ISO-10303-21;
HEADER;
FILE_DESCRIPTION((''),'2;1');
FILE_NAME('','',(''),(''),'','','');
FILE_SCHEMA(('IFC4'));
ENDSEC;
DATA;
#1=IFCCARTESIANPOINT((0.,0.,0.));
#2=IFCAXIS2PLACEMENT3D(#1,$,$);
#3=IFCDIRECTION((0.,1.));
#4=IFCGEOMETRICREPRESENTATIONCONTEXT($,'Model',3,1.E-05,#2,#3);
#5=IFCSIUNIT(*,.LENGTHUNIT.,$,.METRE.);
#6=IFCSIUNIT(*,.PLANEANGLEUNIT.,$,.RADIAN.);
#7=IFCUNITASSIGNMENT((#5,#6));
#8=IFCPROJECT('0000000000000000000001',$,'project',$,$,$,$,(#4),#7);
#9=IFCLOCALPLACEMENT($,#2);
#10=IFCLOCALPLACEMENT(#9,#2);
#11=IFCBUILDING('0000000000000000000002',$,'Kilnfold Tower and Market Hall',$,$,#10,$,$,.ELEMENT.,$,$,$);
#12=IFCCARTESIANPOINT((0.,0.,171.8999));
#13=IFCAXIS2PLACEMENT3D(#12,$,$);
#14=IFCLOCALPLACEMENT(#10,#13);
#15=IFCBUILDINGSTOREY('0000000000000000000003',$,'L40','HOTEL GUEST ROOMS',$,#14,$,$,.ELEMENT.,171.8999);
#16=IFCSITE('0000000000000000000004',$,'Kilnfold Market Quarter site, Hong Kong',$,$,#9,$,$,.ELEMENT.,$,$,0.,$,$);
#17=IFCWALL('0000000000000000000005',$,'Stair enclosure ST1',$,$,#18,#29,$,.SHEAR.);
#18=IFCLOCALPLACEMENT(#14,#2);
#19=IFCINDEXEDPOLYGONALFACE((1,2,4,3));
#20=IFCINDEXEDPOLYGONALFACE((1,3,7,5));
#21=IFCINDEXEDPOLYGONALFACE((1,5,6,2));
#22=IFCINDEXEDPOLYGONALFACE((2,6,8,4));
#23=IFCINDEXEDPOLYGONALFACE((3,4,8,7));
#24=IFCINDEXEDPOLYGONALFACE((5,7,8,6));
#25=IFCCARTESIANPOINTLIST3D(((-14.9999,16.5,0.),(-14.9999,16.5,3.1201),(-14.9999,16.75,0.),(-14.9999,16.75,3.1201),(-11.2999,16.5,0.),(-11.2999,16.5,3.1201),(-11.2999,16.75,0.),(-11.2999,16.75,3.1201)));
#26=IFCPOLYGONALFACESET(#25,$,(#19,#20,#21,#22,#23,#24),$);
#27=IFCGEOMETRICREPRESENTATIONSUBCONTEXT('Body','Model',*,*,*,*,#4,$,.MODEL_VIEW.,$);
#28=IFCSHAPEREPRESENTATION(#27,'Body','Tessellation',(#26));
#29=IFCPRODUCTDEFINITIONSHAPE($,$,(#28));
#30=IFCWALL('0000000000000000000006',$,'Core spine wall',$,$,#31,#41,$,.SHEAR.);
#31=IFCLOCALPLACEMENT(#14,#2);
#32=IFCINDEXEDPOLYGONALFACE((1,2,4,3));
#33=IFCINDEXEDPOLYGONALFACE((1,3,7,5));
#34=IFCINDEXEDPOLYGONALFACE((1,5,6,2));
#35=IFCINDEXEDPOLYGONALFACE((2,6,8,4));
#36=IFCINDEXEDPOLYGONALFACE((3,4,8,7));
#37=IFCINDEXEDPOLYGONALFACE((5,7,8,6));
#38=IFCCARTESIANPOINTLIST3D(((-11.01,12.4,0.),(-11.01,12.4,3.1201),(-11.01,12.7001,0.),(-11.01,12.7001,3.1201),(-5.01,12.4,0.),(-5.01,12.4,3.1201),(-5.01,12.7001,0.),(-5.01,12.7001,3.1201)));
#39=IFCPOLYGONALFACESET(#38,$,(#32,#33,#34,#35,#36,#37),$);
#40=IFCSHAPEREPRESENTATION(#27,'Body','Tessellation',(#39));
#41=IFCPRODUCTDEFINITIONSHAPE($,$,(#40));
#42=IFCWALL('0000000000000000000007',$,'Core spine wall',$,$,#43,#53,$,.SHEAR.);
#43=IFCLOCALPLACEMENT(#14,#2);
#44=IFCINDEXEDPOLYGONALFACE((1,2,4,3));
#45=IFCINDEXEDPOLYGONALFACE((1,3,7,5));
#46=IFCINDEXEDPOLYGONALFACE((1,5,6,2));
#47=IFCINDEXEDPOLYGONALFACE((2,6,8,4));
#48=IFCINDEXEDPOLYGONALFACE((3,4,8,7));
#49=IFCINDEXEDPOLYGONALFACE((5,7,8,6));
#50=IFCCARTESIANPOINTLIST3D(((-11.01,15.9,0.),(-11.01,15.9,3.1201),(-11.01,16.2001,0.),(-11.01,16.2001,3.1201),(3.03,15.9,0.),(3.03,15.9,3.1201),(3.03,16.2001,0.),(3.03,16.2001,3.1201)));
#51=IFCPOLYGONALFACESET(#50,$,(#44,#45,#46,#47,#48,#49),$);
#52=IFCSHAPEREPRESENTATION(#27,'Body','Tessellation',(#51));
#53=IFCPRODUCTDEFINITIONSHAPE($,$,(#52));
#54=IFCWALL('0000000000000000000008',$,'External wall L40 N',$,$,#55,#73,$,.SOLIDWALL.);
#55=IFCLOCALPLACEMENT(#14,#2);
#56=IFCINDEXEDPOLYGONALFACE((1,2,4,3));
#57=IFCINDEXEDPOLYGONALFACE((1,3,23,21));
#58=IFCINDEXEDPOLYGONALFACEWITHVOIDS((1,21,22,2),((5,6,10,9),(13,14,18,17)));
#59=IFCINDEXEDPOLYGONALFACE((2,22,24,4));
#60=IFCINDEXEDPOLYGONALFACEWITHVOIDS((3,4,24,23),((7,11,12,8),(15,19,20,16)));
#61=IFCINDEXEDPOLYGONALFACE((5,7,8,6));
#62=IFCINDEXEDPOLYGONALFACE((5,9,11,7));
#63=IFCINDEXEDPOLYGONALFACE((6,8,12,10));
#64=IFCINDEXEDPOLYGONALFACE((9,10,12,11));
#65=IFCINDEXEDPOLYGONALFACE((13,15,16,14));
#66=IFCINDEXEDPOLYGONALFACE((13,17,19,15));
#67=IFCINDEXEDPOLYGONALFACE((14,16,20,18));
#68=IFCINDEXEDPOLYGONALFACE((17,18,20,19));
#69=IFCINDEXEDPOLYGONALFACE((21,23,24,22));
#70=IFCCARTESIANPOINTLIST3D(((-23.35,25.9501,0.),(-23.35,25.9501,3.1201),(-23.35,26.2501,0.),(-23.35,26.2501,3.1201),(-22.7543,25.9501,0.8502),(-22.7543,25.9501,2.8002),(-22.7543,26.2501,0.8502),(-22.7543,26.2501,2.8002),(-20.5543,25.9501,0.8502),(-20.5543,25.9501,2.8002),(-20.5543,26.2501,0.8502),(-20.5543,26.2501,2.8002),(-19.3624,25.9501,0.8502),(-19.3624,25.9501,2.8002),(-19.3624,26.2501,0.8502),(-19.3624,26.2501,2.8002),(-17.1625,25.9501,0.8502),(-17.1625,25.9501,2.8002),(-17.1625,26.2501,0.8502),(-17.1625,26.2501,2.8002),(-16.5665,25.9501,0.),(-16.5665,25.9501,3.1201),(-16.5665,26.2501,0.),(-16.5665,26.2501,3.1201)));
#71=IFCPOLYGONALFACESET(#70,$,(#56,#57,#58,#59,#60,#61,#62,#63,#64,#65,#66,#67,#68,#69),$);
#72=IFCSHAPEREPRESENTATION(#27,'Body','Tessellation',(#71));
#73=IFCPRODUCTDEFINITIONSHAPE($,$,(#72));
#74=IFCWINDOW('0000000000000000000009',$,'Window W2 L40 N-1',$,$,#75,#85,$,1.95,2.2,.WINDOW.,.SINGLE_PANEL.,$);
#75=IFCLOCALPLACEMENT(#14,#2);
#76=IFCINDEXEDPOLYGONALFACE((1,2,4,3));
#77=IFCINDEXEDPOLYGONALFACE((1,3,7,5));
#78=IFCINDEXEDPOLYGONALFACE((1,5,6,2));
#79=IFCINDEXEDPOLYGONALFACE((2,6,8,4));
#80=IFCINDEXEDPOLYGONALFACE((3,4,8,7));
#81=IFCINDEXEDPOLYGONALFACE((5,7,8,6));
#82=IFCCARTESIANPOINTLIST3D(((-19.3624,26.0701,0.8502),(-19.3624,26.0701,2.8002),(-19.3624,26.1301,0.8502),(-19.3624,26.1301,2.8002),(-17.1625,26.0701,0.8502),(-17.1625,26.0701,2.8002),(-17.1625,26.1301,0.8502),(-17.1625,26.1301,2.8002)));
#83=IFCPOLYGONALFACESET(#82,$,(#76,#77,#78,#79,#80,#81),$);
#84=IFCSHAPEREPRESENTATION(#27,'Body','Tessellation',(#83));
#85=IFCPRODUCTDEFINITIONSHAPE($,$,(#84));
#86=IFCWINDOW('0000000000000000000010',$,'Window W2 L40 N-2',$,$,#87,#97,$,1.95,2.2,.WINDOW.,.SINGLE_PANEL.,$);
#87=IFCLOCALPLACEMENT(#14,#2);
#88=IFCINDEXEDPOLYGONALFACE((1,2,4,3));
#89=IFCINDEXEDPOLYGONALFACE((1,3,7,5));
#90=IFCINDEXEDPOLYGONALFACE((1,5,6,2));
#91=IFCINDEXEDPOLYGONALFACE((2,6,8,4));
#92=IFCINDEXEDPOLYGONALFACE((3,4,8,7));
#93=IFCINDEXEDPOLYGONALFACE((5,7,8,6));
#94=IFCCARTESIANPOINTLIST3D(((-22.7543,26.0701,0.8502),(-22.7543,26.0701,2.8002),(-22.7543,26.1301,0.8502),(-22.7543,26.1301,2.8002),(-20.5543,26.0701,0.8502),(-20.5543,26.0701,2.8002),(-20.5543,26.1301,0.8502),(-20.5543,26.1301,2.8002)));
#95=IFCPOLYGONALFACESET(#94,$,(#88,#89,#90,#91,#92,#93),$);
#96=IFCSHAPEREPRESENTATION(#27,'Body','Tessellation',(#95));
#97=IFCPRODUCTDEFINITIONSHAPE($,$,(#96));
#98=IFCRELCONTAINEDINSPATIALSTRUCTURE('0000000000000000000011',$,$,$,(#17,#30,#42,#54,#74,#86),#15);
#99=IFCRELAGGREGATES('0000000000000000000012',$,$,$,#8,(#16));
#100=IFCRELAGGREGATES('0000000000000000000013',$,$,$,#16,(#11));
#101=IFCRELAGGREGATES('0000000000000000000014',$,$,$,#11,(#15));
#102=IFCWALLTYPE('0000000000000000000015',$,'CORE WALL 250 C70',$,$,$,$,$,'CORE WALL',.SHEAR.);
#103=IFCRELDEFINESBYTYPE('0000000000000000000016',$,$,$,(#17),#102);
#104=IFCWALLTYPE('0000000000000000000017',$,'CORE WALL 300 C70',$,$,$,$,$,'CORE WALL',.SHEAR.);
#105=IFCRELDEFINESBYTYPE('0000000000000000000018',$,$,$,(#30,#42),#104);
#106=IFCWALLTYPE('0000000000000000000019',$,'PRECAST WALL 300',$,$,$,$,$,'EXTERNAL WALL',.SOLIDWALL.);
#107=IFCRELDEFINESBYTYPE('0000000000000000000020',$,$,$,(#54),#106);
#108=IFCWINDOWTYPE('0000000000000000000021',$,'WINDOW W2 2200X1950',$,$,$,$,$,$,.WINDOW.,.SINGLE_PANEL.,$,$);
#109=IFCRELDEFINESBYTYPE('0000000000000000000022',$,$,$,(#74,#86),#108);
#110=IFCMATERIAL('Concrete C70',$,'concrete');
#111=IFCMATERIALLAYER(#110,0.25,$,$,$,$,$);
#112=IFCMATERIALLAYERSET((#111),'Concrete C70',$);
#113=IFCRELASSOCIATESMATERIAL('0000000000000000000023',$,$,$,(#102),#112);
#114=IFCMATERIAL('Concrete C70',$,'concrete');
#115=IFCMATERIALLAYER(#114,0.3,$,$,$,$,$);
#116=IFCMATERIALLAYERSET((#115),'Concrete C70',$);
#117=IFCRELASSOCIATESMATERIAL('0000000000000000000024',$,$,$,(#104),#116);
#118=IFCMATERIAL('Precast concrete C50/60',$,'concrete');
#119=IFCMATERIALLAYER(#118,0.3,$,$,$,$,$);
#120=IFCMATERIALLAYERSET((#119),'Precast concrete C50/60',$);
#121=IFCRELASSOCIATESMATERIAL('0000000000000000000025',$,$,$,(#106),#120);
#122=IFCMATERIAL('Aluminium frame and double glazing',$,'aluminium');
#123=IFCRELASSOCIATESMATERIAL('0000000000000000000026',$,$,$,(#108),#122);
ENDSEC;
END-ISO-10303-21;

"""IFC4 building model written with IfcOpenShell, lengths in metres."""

from ifc_helpers import new_model, si_unit, direction, frame, frame_2d, origin, place, context, subcontext, project, spatial, rectangle, extrude, source, transform, mapped, material, layer, layer_set, type_object, element, fill, save


model = new_model("IFC4")

# Units and contexts
model_context = context("Model", 3, precision=1e-05, world=origin(), true_north=direction((0.0, 1.0)))
body_context = subcontext(model_context, "Body", "Model", "MODEL_VIEW")
ifc_project = project(units=[si_unit("LENGTHUNIT", "METRE"), si_unit("PLANEANGLEUNIT", "RADIAN")], contexts=[model_context])

# Site, building, storey
site_placement = place(None, origin())
site = spatial("IfcSite", under=ifc_project, at=site_placement, Name="Kilnfold Market Quarter site, Hong Kong", CompositionType="ELEMENT", RefElevation=0.0)
building_placement = place(site_placement, origin())
building = spatial("IfcBuilding", under=site, at=building_placement, Name="Kilnfold Tower and Market Hall", CompositionType="ELEMENT")
storey_placement = place(building_placement, frame((0.0, 0.0, 171.8999)))
storey = spatial("IfcBuildingStorey", under=building, at=storey_placement, Name="L40", Description="HOTEL GUEST ROOMS", CompositionType="ELEMENT", Elevation=171.8999)

# Walls
ifc_material_1 = material(Name="Concrete C70", Category="concrete")
ifc_layer_1 = layer(ifc_material_1, 0.25)
ifc_layer_set_1 = layer_set([ifc_layer_1], Name="Concrete C70")
wall_type_1 = type_object("IfcWallType", Name="CORE WALL 250 C70", ElementType="CORE WALL", PredefinedType="SHEAR", material=ifc_layer_set_1)
shared_shape_1 = source(origin(), body_context, "Body", "SweptSolid", [
    extrude(rectangle(XDim=3.7, YDim=0.25, at=frame_2d((1.8501, 0.0))), origin(), (0.0, 0.0, 1.0), 3.1201),
])
wall_1_placement = place(storey_placement, frame((-15.0, 16.625, 0.0), z_axis=(0.0, 0.0, 1.0), x_axis=(1.0, 0.0, 0.0)))
element("IfcWall", 1, at=wall_1_placement, inside=storey, type_object=wall_type_1, Name="Stair enclosure ST1", PredefinedType="SHEAR", context=body_context, shape_type="MappedRepresentation", body=[
    mapped(shared_shape_1, transform((0.0, 0.0, 0.0))),
])
ifc_material_2 = material(Name="Concrete C70", Category="concrete")
ifc_layer_2 = layer(ifc_material_2, 0.3)
ifc_layer_set_2 = layer_set([ifc_layer_2], Name="Concrete C70")
wall_type_2 = type_object("IfcWallType", Name="CORE WALL 300 C70", ElementType="CORE WALL", PredefinedType="SHEAR", material=ifc_layer_set_2)
shared_shape_2 = source(origin(), body_context, "Body", "SweptSolid", [
    extrude(rectangle(XDim=6.0, YDim=0.3, at=frame_2d((3.0, 0.0))), origin(), (0.0, 0.0, 1.0), 3.1201),
])
wall_2_placement = place(storey_placement, frame((-11.01, 12.55, 0.0), z_axis=(0.0, 0.0, 1.0), x_axis=(1.0, 0.0, 0.0)))
element("IfcWall", 2, at=wall_2_placement, inside=storey, type_object=wall_type_2, Name="Core spine wall", PredefinedType="SHEAR", context=body_context, shape_type="MappedRepresentation", body=[
    mapped(shared_shape_2, transform((0.0, 0.0, 0.0))),
])
shared_shape_3 = source(origin(), body_context, "Body", "SweptSolid", [
    extrude(rectangle(XDim=14.04, YDim=0.3, at=frame_2d((7.02, 0.0))), origin(), (0.0, 0.0, 1.0), 3.1201),
])
wall_3_placement = place(storey_placement, frame((-11.01, 16.05, 0.0), z_axis=(0.0, 0.0, 1.0), x_axis=(1.0, 0.0, 0.0)))
element("IfcWall", 3, at=wall_3_placement, inside=storey, type_object=wall_type_2, Name="Core spine wall", PredefinedType="SHEAR", context=body_context, shape_type="MappedRepresentation", body=[
    mapped(shared_shape_3, transform((0.0, 0.0, 0.0))),
])

# Wall, openings, windows
ifc_material_3 = material(Name="Precast concrete C50/60", Category="concrete")
ifc_layer_3 = layer(ifc_material_3, 0.3)
ifc_layer_set_3 = layer_set([ifc_layer_3], Name="Precast concrete C50/60")
wall_type_3 = type_object("IfcWallType", Name="PRECAST WALL 300", ElementType="EXTERNAL WALL", PredefinedType="SOLIDWALL", material=ifc_layer_set_3)
shared_shape_4 = source(origin(), body_context, "Body", "SweptSolid", [
    extrude(rectangle(XDim=6.7834, YDim=0.3, at=frame_2d((3.3916, 0.0))), origin(), (0.0, 0.0, 1.0), 3.1201),
])
wall_4_placement = place(storey_placement, frame((-16.5667, 26.1001, 0.0), z_axis=(0.0, 0.0, 1.0), x_axis=(-1.0, 0.0, 0.0)))
wall_4 = element("IfcWall", 4, at=wall_4_placement, inside=storey, type_object=wall_type_3, Name="External wall L40 N", PredefinedType="SOLIDWALL", context=body_context, shape_type="MappedRepresentation", body=[
    mapped(shared_shape_4, transform((0.0, 0.0, 0.0))),
])
opening_1_placement = place(wall_4_placement, frame((0.5957, 0.0, 0.8501)))
opening_1 = element("IfcOpeningElement", 5, at=opening_1_placement, cuts=wall_4, PredefinedType="OPENING", context=body_context, shape_type="SweptSolid", body=[
    extrude(rectangle(XDim=2.2, YDim=1.95, at=frame_2d((1.1001, 0.9751))), frame((0.0, 0.1602, 0.0), z_axis=(0.0, -1.0, 0.0), x_axis=(1.0, 0.0, 0.0)), (0.0, 0.0, 1.0), 0.3201),
])
opening_2_placement = place(wall_4_placement, frame((3.9875, 0.0, 0.8501)))
opening_2 = element("IfcOpeningElement", 6, at=opening_2_placement, cuts=wall_4, PredefinedType="OPENING", context=body_context, shape_type="SweptSolid", body=[
    extrude(rectangle(XDim=2.2, YDim=1.95, at=frame_2d((1.1001, 0.9751))), frame((0.0, 0.1602, 0.0), z_axis=(0.0, -1.0, 0.0), x_axis=(1.0, 0.0, 0.0)), (0.0, 0.0, 1.0), 0.3201),
])
ifc_material_4 = material(Name="Aluminium frame and double glazing", Category="aluminium")
window_type = type_object("IfcWindowType", Name="WINDOW W2 2200X1950", PartitioningType="SINGLE_PANEL", PredefinedType="WINDOW", material=ifc_material_4)
window_1_placement = place(opening_1_placement, origin())
window_1 = element("IfcWindow", 7, at=window_1_placement, inside=storey, type_object=window_type, Name="Window W2 L40 N-1", OverallHeight=1.95, OverallWidth=2.2, PartitioningType="SINGLE_PANEL", PredefinedType="WINDOW", context=body_context, shape_type="SweptSolid", body=[
    extrude(rectangle(XDim=2.2, YDim=1.95, at=frame_2d((1.1001, 0.9751))), frame((0.0, 0.03, 0.0), z_axis=(0.0, -1.0, 0.0), x_axis=(1.0, 0.0, 0.0)), (0.0, 0.0, 1.0), 0.0601),
])
fill(opening_1, window_1)
window_2_placement = place(opening_2_placement, origin())
window_2 = element("IfcWindow", 8, at=window_2_placement, inside=storey, type_object=window_type, Name="Window W2 L40 N-2", OverallHeight=1.95, OverallWidth=2.2, PartitioningType="SINGLE_PANEL", PredefinedType="WINDOW", context=body_context, shape_type="SweptSolid", body=[
    extrude(rectangle(XDim=2.2, YDim=1.95, at=frame_2d((1.1001, 0.9751))), frame((0.0, 0.03, 0.0), z_axis=(0.0, -1.0, 0.0), x_axis=(1.0, 0.0, 0.0)), (0.0, 0.0, 1.0), 0.0601),
])
fill(opening_2, window_2)

save(model, "model.ifc")
